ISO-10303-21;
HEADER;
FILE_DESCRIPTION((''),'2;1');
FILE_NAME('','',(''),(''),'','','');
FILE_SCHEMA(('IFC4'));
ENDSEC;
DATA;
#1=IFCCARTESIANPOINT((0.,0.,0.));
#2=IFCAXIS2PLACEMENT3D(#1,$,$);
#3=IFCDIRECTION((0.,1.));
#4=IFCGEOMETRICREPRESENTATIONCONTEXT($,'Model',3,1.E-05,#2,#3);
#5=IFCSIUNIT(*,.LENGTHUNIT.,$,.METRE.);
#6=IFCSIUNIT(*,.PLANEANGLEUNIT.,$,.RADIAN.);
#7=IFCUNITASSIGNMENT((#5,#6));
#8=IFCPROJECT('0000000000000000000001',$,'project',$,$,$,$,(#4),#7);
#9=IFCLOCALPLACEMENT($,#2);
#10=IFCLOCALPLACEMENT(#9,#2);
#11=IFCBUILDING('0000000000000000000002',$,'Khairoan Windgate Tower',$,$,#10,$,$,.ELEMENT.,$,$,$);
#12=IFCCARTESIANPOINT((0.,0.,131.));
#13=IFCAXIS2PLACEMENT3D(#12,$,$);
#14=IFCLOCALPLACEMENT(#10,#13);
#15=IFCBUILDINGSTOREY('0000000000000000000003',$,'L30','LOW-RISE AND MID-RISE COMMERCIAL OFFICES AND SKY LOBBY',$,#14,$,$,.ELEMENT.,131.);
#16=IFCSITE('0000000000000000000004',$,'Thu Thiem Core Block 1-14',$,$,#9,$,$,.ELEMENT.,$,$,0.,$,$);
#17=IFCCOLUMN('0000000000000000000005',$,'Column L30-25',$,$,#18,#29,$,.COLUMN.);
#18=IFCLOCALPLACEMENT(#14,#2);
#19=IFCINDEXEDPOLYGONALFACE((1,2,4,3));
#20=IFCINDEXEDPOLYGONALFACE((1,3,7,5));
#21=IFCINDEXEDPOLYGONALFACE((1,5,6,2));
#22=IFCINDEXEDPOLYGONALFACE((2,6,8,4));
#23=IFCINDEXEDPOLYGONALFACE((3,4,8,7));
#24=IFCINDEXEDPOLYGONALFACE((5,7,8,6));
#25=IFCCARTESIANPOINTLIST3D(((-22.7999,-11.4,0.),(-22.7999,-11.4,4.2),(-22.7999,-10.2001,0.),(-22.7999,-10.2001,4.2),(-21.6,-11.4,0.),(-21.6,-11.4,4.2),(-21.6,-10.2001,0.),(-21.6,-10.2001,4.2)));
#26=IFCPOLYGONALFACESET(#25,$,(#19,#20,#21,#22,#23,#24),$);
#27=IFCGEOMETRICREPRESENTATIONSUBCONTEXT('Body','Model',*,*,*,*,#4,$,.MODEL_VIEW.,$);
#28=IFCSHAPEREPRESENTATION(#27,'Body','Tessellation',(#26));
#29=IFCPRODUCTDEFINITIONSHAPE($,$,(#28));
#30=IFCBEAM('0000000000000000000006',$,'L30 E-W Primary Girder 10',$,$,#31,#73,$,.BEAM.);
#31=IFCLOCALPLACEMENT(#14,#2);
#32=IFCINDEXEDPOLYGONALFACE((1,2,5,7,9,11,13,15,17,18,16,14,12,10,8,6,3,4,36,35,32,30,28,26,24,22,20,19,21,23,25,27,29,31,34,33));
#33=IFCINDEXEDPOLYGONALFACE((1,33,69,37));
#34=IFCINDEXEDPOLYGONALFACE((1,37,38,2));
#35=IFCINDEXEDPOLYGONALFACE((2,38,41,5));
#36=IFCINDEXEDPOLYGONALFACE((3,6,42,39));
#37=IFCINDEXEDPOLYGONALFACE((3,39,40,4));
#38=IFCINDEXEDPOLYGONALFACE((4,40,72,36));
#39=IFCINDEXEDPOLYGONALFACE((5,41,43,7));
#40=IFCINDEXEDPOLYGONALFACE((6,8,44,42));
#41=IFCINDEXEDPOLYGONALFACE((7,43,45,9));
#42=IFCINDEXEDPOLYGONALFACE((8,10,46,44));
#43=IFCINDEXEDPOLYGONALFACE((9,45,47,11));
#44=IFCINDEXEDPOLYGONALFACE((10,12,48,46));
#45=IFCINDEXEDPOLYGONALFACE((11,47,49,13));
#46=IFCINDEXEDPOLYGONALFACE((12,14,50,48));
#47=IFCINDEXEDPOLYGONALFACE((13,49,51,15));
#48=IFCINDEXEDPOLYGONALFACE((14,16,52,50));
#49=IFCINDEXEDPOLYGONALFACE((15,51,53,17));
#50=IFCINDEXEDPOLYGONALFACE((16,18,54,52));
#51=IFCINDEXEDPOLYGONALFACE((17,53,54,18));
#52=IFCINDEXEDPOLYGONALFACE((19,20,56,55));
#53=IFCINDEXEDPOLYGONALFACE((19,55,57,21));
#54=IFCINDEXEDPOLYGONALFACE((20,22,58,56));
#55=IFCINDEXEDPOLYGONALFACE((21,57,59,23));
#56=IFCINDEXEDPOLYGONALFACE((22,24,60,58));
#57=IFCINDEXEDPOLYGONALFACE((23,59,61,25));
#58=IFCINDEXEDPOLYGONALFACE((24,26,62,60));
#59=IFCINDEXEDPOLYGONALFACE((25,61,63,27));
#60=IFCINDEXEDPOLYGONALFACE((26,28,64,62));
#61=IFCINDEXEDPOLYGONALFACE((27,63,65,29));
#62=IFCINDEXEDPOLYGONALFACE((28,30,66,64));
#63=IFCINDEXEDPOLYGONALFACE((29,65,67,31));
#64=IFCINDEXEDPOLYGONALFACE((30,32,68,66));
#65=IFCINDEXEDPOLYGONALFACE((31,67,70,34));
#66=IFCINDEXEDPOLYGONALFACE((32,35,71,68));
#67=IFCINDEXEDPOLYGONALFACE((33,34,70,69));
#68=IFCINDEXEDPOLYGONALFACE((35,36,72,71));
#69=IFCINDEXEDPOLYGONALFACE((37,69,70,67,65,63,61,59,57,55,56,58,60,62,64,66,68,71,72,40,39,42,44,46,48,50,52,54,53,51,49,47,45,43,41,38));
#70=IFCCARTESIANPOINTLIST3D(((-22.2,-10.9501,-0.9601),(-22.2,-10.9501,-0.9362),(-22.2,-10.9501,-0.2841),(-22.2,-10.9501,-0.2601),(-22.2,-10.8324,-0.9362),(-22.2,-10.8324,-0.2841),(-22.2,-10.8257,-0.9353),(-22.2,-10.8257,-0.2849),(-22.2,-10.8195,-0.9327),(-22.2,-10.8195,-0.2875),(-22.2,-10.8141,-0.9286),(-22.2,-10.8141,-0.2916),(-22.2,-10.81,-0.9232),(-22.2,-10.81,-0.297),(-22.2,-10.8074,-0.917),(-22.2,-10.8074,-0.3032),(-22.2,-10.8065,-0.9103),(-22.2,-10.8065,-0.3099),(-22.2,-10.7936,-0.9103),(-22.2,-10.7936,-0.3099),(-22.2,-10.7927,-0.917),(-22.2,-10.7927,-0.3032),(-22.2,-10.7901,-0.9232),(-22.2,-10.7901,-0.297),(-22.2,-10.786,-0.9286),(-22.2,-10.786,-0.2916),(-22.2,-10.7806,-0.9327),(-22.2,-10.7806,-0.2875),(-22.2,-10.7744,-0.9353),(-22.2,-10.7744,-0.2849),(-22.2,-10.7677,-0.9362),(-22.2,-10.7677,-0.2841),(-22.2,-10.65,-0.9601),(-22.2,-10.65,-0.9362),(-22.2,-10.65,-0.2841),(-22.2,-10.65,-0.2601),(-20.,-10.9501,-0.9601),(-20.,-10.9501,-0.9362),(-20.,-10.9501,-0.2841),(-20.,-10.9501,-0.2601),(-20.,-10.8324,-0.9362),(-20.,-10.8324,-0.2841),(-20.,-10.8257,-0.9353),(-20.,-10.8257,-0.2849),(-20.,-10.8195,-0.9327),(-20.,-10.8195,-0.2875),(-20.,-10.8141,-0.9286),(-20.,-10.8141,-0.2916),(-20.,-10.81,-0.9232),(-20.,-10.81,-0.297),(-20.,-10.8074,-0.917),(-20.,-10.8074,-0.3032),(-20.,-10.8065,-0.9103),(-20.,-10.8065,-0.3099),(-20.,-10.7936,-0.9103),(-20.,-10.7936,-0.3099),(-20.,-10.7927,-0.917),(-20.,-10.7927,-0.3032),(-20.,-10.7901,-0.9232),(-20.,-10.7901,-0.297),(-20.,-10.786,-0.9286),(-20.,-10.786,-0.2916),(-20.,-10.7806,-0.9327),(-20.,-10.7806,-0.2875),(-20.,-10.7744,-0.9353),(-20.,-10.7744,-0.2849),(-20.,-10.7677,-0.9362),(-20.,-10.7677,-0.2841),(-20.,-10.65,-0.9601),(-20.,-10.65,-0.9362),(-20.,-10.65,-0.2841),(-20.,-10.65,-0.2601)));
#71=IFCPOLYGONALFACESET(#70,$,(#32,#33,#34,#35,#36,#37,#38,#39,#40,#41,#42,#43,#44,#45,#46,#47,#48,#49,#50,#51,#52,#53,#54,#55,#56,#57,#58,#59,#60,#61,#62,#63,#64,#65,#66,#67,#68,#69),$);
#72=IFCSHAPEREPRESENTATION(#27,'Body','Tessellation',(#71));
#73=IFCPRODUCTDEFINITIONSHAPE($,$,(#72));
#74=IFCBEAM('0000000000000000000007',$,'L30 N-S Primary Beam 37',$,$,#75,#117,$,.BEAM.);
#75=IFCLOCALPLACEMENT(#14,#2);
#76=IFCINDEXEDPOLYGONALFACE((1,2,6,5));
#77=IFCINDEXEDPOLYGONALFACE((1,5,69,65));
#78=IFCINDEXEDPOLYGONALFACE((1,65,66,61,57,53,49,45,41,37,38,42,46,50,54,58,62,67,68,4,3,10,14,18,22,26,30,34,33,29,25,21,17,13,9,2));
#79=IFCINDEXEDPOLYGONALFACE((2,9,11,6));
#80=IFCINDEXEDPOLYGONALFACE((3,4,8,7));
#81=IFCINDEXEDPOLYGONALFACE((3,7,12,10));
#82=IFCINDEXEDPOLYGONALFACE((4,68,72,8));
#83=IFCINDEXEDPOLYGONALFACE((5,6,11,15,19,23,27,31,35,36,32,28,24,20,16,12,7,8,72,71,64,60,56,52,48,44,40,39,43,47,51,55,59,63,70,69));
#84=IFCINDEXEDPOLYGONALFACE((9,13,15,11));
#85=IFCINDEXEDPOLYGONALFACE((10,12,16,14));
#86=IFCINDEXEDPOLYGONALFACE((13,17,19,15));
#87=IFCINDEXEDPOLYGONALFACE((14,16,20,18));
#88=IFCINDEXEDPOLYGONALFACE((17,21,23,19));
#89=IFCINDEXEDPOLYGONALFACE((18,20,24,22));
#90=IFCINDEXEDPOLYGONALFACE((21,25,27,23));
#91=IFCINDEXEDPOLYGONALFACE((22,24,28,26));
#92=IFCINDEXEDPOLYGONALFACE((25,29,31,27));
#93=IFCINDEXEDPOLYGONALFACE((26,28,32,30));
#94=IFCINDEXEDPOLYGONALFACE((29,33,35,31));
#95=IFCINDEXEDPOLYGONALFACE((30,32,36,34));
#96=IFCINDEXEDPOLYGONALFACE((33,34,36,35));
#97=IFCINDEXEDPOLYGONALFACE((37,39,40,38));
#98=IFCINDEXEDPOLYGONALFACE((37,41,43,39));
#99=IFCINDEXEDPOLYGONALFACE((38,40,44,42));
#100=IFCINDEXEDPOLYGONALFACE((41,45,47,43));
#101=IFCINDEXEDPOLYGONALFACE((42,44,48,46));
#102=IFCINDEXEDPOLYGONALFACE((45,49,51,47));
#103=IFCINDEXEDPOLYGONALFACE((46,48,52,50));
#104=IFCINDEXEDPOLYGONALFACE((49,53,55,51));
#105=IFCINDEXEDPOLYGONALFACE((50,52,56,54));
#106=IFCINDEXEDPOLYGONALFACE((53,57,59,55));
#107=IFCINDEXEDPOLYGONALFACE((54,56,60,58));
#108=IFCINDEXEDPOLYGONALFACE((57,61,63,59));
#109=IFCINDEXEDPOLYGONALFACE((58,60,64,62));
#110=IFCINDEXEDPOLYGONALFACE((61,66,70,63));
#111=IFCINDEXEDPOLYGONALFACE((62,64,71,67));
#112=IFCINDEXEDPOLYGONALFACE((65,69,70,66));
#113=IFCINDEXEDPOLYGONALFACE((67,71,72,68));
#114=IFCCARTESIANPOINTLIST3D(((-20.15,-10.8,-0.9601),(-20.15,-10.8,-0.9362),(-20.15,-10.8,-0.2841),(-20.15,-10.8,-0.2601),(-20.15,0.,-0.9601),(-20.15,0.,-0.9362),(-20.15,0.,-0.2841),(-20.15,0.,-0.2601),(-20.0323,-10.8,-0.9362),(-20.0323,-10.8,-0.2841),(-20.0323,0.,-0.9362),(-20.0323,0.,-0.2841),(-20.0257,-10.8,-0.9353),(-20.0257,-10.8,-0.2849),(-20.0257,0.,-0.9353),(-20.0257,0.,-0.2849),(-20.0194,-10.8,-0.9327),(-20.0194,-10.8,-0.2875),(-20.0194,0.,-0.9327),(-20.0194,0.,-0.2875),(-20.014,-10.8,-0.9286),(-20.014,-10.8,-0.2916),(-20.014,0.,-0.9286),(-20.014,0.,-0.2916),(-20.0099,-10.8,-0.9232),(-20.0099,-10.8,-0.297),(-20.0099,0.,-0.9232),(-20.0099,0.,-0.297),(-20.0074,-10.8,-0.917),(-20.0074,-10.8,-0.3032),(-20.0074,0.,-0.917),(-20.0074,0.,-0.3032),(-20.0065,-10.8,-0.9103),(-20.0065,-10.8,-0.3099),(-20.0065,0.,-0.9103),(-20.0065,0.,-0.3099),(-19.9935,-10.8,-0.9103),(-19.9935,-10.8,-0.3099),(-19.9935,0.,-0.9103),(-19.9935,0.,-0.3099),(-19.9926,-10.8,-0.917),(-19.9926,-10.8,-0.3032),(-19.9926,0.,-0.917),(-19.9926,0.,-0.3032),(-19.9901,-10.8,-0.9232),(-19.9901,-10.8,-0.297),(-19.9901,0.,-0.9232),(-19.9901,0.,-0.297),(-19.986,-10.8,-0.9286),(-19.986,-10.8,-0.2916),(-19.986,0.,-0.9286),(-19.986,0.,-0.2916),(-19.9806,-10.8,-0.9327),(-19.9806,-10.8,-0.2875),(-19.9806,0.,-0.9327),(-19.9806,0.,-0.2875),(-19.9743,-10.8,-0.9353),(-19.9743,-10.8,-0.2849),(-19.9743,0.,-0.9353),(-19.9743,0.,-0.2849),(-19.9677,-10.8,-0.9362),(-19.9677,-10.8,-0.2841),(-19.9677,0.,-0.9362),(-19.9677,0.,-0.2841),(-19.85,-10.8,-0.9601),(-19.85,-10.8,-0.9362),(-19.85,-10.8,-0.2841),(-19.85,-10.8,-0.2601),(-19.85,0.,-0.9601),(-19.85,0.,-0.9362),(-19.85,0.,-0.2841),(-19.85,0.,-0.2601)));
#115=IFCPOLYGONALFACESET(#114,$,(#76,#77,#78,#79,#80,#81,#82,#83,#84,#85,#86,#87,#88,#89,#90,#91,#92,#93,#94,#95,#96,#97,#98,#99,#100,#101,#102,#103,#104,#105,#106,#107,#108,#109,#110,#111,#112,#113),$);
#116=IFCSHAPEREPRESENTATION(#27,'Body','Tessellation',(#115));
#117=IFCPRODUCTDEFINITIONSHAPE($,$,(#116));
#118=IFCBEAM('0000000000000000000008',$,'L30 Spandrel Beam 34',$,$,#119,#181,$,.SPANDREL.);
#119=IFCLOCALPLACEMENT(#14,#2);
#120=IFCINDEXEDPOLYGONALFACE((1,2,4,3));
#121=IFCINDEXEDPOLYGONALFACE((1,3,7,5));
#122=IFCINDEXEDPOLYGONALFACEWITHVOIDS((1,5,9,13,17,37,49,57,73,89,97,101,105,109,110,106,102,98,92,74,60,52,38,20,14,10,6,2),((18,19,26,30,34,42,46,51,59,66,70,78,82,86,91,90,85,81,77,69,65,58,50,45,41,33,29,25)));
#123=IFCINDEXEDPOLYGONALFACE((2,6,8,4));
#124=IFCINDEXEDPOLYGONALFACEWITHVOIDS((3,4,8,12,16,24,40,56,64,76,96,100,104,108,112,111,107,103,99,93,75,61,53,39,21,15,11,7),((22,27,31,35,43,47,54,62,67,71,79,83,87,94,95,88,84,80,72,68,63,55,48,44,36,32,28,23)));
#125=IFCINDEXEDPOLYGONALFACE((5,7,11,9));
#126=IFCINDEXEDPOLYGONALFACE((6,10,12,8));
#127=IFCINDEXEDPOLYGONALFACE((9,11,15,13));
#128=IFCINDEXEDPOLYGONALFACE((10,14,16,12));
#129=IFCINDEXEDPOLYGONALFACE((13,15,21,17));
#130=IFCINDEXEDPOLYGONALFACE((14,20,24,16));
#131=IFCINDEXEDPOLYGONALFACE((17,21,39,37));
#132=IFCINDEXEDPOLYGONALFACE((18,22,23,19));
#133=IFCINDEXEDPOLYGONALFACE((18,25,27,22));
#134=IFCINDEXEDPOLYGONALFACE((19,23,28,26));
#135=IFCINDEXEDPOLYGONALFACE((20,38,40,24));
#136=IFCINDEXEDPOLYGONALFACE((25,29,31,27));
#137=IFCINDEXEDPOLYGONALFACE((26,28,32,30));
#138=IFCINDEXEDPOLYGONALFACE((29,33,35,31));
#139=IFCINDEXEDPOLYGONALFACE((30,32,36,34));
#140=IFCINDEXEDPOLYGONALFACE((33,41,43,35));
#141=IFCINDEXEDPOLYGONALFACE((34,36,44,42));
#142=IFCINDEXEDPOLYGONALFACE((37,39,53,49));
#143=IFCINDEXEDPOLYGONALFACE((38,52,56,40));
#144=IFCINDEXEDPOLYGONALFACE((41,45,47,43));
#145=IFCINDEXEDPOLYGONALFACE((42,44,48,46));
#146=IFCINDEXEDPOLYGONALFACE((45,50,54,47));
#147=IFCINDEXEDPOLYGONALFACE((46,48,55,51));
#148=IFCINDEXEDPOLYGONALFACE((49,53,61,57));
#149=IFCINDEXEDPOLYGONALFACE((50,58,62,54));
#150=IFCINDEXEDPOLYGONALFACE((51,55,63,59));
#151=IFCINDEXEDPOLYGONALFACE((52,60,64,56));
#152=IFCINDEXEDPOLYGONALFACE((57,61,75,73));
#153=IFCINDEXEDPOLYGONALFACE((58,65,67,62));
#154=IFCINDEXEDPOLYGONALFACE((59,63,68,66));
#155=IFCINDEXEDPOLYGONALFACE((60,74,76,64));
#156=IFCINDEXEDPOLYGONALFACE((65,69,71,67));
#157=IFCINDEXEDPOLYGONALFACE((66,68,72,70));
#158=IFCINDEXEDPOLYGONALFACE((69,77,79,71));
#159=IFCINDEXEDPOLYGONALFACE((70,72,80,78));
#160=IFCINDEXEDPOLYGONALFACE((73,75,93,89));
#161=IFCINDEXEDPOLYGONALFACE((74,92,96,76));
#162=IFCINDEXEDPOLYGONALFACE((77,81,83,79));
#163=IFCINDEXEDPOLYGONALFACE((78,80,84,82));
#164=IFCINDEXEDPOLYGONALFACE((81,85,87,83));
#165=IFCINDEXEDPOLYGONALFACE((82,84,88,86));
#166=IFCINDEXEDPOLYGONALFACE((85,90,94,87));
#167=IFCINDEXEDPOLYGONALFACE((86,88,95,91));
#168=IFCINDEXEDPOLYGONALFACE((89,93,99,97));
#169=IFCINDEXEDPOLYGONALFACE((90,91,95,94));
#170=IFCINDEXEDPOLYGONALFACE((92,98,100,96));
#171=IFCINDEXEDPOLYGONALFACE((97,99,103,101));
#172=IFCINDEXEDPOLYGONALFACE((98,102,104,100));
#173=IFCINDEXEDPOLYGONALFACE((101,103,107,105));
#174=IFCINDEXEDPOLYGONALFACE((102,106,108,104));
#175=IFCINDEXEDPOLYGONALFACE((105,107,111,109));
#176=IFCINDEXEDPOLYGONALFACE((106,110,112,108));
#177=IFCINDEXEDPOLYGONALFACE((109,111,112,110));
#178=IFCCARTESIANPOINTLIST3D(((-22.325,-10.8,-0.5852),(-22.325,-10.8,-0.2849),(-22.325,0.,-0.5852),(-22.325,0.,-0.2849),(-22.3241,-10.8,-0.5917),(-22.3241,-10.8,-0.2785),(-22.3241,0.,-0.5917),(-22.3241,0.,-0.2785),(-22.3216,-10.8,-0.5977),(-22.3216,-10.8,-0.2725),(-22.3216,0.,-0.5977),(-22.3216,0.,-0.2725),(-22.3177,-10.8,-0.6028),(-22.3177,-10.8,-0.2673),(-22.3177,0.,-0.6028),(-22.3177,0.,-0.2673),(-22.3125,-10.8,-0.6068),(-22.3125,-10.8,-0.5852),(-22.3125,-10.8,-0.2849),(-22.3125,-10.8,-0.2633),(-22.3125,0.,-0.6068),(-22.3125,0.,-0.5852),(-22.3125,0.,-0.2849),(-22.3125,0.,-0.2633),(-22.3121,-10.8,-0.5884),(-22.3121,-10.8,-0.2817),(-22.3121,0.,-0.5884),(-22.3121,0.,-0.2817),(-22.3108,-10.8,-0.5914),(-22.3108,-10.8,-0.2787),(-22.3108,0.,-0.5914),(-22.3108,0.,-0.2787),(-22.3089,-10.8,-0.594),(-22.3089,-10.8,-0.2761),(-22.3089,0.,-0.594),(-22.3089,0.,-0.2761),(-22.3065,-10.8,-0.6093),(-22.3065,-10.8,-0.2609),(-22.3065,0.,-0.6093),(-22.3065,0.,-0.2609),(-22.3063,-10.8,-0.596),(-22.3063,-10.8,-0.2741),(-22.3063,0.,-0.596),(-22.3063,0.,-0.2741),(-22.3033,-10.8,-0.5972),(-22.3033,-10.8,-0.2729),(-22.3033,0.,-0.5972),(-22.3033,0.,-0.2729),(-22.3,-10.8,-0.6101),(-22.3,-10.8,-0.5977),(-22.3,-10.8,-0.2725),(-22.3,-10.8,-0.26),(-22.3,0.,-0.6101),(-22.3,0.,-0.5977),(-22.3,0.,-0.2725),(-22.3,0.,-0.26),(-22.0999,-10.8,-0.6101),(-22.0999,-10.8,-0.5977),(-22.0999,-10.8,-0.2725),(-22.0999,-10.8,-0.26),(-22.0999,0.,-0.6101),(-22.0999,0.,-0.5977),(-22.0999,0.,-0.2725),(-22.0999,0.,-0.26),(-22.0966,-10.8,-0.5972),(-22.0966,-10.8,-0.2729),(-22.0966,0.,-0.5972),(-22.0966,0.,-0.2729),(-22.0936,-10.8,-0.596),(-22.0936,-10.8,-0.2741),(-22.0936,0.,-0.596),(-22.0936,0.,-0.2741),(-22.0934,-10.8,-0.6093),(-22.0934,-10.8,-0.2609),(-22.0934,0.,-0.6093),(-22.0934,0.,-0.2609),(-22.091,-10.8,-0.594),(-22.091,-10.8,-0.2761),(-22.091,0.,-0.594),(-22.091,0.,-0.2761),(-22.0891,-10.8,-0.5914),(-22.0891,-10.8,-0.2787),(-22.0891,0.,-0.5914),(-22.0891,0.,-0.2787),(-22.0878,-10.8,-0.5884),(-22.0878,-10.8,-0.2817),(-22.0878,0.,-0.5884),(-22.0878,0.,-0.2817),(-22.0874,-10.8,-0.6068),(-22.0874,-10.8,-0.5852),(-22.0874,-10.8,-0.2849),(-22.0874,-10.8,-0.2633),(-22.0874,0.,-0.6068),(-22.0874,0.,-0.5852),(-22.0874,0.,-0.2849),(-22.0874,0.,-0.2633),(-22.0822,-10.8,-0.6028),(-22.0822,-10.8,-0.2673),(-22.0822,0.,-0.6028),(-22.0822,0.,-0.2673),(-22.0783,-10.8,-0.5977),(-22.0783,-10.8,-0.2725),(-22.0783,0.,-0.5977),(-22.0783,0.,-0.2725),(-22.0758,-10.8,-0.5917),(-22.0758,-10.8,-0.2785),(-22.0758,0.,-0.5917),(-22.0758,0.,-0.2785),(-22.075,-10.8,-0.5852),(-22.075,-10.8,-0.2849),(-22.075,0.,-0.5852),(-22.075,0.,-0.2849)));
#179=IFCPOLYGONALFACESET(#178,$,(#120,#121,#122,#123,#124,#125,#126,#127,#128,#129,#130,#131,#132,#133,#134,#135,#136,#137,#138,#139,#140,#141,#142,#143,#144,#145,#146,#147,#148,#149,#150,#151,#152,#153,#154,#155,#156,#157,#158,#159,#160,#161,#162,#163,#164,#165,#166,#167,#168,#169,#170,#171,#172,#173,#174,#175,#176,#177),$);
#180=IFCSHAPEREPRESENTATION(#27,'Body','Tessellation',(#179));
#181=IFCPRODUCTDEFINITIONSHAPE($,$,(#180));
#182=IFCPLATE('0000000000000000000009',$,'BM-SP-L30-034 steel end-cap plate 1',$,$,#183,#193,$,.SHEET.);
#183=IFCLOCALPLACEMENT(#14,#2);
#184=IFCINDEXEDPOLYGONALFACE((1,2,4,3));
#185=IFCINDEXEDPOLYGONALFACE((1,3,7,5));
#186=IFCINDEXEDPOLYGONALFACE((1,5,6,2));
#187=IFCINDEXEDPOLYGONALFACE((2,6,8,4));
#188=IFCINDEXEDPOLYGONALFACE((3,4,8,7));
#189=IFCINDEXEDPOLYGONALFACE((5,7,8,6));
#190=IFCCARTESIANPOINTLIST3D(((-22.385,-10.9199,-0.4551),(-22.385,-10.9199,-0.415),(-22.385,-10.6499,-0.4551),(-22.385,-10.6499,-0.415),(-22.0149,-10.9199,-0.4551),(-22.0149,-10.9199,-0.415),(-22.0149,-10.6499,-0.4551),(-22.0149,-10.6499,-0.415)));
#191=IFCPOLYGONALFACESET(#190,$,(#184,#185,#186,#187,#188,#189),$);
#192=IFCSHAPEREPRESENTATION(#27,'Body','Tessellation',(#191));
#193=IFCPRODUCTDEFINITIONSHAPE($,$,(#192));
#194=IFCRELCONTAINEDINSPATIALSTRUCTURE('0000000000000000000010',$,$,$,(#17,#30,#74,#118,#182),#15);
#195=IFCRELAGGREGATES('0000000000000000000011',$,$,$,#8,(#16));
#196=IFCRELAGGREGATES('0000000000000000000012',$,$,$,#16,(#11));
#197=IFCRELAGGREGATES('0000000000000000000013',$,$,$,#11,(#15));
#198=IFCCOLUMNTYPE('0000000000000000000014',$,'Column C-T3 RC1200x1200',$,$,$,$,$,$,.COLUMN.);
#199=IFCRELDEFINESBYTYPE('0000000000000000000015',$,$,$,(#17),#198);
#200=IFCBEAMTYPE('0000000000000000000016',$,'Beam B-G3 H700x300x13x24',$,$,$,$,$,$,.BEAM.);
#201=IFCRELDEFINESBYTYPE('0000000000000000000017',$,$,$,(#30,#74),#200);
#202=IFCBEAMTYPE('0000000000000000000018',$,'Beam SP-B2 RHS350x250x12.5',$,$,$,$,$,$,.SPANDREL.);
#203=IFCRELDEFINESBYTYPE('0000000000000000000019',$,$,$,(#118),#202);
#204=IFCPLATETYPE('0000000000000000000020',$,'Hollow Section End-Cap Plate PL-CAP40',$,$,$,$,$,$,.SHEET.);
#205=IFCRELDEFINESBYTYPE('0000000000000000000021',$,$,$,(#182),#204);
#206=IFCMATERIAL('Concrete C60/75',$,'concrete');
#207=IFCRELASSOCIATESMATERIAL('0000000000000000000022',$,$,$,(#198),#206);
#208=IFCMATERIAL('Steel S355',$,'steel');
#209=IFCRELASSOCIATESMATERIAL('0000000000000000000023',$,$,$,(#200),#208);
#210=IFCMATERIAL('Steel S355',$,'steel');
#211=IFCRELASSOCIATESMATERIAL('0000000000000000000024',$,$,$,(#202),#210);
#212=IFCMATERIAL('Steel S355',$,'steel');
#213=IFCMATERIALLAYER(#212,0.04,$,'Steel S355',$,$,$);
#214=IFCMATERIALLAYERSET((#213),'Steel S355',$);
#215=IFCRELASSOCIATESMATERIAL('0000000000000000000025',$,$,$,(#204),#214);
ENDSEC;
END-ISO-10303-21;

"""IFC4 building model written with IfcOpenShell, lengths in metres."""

from ifc_helpers import new_model, si_unit, direction, frame, origin, origin_2d, place, context, subcontext, project, spatial, rectangle, hollow_rectangle, i_section, extrude, material, layer, layer_set, material_profile, profile_set, type_object, element, save


model = new_model("IFC4")

# Units and contexts
model_context = context("Model", 3, precision=1e-05, world=origin(), true_north=direction((0.0, 1.0)))
body_context = subcontext(model_context, "Body", "Model", "MODEL_VIEW")
ifc_project = project(units=[si_unit("LENGTHUNIT", "METRE"), si_unit("PLANEANGLEUNIT", "RADIAN")], contexts=[model_context])

# Site, building, storey
site_placement = place(None, origin())
site = spatial("IfcSite", under=ifc_project, at=site_placement, Name="Thu Thiem Core Block 1-14", CompositionType="ELEMENT", RefElevation=0.0)
building_placement = place(site_placement, origin())
building = spatial("IfcBuilding", under=site, at=building_placement, Name="Khairoan Windgate Tower", CompositionType="ELEMENT")
storey_placement = place(building_placement, frame((0.0, 0.0, 131.0)))
storey = spatial("IfcBuildingStorey", under=building, at=storey_placement, Name="L30", Description="LOW-RISE AND MID-RISE COMMERCIAL OFFICES AND SKY LOBBY", CompositionType="ELEMENT", Elevation=131.0)

# Column
ifc_material_1 = material(Name="Concrete C60/75", Category="concrete")
ifc_material_profile_1 = material_profile(ifc_material_1, rectangle(XDim=1.2, YDim=1.2, at=origin_2d()))
ifc_profile_set_1 = profile_set([ifc_material_profile_1], Name="Concrete C60/75")
column_type = type_object("IfcColumnType", Name="Column C-T3 RC1200x1200", PredefinedType="COLUMN", material=ifc_profile_set_1)
column_placement = place(storey_placement, frame((-22.2, -10.8, 0.0), z_axis=(0.0, 0.0, 1.0), x_axis=(1.0, 0.0, 0.0)))
element("IfcColumn", 1, at=column_placement, inside=storey, type_object=column_type, Name="Column L30-25", PredefinedType="COLUMN", context=body_context, shape_type="SweptSolid", body=[
    extrude(rectangle(XDim=1.2, YDim=1.2, at=origin_2d()), origin(), (0.0, 0.0, 1.0), 4.2),
])

# Beams
ifc_material_2 = material(Name="Steel S355", Category="steel")
ifc_material_profile_2 = material_profile(ifc_material_2, i_section(OverallWidth=0.3, OverallDepth=0.7, WebThickness=0.0129, FlangeThickness=0.0239, FilletRadius=0.0259, at=origin_2d()))
ifc_profile_set_2 = profile_set([ifc_material_profile_2], Name="Steel S355")
beam_type_1 = type_object("IfcBeamType", Name="Beam B-G3 H700x300x13x24", PredefinedType="BEAM", material=ifc_profile_set_2)
beam_1_placement = place(storey_placement, frame((-22.2, -10.8, -0.6101), z_axis=(1.0, 0.0, 0.0), x_axis=(0.0, 1.0, 0.0)))
element("IfcBeam", 2, at=beam_1_placement, inside=storey, type_object=beam_type_1, Name="L30 E-W Primary Girder 10", PredefinedType="BEAM", context=body_context, shape_type="SweptSolid", body=[
    extrude(i_section(OverallWidth=0.3, OverallDepth=0.7, WebThickness=0.0129, FlangeThickness=0.0239, FilletRadius=0.0259, at=origin_2d()), origin(), (0.0, 0.0, 1.0), 2.2),
])
beam_2_placement = place(storey_placement, frame((-20.0, -10.8, -0.6101), z_axis=(0.0, 1.0, 0.0), x_axis=(-1.0, 0.0, 0.0)))
element("IfcBeam", 3, at=beam_2_placement, inside=storey, type_object=beam_type_1, Name="L30 N-S Primary Beam 37", PredefinedType="BEAM", context=body_context, shape_type="SweptSolid", body=[
    extrude(i_section(OverallWidth=0.3, OverallDepth=0.7, WebThickness=0.0129, FlangeThickness=0.0239, FilletRadius=0.0259, at=origin_2d()), origin(), (0.0, 0.0, 1.0), 10.8),
])
ifc_material_3 = material(Name="Steel S355", Category="steel")
ifc_material_profile_3 = material_profile(ifc_material_3, hollow_rectangle(XDim=0.25, YDim=0.3501, WallThickness=0.0125, InnerFilletRadius=0.0125, OuterFilletRadius=0.0249, at=origin_2d()))
ifc_profile_set_3 = profile_set([ifc_material_profile_3], Name="Steel S355")
beam_type_2 = type_object("IfcBeamType", Name="Beam SP-B2 RHS350x250x12.5", PredefinedType="SPANDREL", material=ifc_profile_set_3)
beam_3_placement = place(storey_placement, frame((-22.2, -10.8, -0.4351), z_axis=(0.0, 1.0, 0.0), x_axis=(-1.0, 0.0, 0.0)))
element("IfcBeam", 4, at=beam_3_placement, inside=storey, type_object=beam_type_2, Name="L30 Spandrel Beam 34", PredefinedType="SPANDREL", context=body_context, shape_type="SweptSolid", body=[
    extrude(hollow_rectangle(XDim=0.25, YDim=0.3501, WallThickness=0.0125, InnerFilletRadius=0.0125, OuterFilletRadius=0.0249, at=origin_2d()), origin(), (0.0, 0.0, 1.0), 10.8),
])

# Plate
ifc_material_4 = material(Name="Steel S355", Category="steel")
ifc_layer_1 = layer(ifc_material_4, 0.04, Name="Steel S355")
ifc_layer_set_1 = layer_set([ifc_layer_1], Name="Steel S355")
plate_type_1 = type_object("IfcPlateType", Name="Hollow Section End-Cap Plate PL-CAP40", PredefinedType="SHEET", material=ifc_layer_set_1)
plate_1_placement = place(storey_placement, frame((-22.2, -10.7849, -0.4551), z_axis=(0.0, 0.0, 1.0), x_axis=(0.0, 1.0, 0.0)))
element("IfcPlate", 5, at=plate_1_placement, inside=storey, type_object=plate_type_1, Name="BM-SP-L30-034 steel end-cap plate 1", PredefinedType="SHEET", context=body_context, shape_type="SweptSolid", body=[
    extrude(rectangle(XDim=0.27, YDim=0.3701, at=origin_2d()), origin(), (0.0, 0.0, 1.0), 0.04),
])

save(model, "model.ifc")
